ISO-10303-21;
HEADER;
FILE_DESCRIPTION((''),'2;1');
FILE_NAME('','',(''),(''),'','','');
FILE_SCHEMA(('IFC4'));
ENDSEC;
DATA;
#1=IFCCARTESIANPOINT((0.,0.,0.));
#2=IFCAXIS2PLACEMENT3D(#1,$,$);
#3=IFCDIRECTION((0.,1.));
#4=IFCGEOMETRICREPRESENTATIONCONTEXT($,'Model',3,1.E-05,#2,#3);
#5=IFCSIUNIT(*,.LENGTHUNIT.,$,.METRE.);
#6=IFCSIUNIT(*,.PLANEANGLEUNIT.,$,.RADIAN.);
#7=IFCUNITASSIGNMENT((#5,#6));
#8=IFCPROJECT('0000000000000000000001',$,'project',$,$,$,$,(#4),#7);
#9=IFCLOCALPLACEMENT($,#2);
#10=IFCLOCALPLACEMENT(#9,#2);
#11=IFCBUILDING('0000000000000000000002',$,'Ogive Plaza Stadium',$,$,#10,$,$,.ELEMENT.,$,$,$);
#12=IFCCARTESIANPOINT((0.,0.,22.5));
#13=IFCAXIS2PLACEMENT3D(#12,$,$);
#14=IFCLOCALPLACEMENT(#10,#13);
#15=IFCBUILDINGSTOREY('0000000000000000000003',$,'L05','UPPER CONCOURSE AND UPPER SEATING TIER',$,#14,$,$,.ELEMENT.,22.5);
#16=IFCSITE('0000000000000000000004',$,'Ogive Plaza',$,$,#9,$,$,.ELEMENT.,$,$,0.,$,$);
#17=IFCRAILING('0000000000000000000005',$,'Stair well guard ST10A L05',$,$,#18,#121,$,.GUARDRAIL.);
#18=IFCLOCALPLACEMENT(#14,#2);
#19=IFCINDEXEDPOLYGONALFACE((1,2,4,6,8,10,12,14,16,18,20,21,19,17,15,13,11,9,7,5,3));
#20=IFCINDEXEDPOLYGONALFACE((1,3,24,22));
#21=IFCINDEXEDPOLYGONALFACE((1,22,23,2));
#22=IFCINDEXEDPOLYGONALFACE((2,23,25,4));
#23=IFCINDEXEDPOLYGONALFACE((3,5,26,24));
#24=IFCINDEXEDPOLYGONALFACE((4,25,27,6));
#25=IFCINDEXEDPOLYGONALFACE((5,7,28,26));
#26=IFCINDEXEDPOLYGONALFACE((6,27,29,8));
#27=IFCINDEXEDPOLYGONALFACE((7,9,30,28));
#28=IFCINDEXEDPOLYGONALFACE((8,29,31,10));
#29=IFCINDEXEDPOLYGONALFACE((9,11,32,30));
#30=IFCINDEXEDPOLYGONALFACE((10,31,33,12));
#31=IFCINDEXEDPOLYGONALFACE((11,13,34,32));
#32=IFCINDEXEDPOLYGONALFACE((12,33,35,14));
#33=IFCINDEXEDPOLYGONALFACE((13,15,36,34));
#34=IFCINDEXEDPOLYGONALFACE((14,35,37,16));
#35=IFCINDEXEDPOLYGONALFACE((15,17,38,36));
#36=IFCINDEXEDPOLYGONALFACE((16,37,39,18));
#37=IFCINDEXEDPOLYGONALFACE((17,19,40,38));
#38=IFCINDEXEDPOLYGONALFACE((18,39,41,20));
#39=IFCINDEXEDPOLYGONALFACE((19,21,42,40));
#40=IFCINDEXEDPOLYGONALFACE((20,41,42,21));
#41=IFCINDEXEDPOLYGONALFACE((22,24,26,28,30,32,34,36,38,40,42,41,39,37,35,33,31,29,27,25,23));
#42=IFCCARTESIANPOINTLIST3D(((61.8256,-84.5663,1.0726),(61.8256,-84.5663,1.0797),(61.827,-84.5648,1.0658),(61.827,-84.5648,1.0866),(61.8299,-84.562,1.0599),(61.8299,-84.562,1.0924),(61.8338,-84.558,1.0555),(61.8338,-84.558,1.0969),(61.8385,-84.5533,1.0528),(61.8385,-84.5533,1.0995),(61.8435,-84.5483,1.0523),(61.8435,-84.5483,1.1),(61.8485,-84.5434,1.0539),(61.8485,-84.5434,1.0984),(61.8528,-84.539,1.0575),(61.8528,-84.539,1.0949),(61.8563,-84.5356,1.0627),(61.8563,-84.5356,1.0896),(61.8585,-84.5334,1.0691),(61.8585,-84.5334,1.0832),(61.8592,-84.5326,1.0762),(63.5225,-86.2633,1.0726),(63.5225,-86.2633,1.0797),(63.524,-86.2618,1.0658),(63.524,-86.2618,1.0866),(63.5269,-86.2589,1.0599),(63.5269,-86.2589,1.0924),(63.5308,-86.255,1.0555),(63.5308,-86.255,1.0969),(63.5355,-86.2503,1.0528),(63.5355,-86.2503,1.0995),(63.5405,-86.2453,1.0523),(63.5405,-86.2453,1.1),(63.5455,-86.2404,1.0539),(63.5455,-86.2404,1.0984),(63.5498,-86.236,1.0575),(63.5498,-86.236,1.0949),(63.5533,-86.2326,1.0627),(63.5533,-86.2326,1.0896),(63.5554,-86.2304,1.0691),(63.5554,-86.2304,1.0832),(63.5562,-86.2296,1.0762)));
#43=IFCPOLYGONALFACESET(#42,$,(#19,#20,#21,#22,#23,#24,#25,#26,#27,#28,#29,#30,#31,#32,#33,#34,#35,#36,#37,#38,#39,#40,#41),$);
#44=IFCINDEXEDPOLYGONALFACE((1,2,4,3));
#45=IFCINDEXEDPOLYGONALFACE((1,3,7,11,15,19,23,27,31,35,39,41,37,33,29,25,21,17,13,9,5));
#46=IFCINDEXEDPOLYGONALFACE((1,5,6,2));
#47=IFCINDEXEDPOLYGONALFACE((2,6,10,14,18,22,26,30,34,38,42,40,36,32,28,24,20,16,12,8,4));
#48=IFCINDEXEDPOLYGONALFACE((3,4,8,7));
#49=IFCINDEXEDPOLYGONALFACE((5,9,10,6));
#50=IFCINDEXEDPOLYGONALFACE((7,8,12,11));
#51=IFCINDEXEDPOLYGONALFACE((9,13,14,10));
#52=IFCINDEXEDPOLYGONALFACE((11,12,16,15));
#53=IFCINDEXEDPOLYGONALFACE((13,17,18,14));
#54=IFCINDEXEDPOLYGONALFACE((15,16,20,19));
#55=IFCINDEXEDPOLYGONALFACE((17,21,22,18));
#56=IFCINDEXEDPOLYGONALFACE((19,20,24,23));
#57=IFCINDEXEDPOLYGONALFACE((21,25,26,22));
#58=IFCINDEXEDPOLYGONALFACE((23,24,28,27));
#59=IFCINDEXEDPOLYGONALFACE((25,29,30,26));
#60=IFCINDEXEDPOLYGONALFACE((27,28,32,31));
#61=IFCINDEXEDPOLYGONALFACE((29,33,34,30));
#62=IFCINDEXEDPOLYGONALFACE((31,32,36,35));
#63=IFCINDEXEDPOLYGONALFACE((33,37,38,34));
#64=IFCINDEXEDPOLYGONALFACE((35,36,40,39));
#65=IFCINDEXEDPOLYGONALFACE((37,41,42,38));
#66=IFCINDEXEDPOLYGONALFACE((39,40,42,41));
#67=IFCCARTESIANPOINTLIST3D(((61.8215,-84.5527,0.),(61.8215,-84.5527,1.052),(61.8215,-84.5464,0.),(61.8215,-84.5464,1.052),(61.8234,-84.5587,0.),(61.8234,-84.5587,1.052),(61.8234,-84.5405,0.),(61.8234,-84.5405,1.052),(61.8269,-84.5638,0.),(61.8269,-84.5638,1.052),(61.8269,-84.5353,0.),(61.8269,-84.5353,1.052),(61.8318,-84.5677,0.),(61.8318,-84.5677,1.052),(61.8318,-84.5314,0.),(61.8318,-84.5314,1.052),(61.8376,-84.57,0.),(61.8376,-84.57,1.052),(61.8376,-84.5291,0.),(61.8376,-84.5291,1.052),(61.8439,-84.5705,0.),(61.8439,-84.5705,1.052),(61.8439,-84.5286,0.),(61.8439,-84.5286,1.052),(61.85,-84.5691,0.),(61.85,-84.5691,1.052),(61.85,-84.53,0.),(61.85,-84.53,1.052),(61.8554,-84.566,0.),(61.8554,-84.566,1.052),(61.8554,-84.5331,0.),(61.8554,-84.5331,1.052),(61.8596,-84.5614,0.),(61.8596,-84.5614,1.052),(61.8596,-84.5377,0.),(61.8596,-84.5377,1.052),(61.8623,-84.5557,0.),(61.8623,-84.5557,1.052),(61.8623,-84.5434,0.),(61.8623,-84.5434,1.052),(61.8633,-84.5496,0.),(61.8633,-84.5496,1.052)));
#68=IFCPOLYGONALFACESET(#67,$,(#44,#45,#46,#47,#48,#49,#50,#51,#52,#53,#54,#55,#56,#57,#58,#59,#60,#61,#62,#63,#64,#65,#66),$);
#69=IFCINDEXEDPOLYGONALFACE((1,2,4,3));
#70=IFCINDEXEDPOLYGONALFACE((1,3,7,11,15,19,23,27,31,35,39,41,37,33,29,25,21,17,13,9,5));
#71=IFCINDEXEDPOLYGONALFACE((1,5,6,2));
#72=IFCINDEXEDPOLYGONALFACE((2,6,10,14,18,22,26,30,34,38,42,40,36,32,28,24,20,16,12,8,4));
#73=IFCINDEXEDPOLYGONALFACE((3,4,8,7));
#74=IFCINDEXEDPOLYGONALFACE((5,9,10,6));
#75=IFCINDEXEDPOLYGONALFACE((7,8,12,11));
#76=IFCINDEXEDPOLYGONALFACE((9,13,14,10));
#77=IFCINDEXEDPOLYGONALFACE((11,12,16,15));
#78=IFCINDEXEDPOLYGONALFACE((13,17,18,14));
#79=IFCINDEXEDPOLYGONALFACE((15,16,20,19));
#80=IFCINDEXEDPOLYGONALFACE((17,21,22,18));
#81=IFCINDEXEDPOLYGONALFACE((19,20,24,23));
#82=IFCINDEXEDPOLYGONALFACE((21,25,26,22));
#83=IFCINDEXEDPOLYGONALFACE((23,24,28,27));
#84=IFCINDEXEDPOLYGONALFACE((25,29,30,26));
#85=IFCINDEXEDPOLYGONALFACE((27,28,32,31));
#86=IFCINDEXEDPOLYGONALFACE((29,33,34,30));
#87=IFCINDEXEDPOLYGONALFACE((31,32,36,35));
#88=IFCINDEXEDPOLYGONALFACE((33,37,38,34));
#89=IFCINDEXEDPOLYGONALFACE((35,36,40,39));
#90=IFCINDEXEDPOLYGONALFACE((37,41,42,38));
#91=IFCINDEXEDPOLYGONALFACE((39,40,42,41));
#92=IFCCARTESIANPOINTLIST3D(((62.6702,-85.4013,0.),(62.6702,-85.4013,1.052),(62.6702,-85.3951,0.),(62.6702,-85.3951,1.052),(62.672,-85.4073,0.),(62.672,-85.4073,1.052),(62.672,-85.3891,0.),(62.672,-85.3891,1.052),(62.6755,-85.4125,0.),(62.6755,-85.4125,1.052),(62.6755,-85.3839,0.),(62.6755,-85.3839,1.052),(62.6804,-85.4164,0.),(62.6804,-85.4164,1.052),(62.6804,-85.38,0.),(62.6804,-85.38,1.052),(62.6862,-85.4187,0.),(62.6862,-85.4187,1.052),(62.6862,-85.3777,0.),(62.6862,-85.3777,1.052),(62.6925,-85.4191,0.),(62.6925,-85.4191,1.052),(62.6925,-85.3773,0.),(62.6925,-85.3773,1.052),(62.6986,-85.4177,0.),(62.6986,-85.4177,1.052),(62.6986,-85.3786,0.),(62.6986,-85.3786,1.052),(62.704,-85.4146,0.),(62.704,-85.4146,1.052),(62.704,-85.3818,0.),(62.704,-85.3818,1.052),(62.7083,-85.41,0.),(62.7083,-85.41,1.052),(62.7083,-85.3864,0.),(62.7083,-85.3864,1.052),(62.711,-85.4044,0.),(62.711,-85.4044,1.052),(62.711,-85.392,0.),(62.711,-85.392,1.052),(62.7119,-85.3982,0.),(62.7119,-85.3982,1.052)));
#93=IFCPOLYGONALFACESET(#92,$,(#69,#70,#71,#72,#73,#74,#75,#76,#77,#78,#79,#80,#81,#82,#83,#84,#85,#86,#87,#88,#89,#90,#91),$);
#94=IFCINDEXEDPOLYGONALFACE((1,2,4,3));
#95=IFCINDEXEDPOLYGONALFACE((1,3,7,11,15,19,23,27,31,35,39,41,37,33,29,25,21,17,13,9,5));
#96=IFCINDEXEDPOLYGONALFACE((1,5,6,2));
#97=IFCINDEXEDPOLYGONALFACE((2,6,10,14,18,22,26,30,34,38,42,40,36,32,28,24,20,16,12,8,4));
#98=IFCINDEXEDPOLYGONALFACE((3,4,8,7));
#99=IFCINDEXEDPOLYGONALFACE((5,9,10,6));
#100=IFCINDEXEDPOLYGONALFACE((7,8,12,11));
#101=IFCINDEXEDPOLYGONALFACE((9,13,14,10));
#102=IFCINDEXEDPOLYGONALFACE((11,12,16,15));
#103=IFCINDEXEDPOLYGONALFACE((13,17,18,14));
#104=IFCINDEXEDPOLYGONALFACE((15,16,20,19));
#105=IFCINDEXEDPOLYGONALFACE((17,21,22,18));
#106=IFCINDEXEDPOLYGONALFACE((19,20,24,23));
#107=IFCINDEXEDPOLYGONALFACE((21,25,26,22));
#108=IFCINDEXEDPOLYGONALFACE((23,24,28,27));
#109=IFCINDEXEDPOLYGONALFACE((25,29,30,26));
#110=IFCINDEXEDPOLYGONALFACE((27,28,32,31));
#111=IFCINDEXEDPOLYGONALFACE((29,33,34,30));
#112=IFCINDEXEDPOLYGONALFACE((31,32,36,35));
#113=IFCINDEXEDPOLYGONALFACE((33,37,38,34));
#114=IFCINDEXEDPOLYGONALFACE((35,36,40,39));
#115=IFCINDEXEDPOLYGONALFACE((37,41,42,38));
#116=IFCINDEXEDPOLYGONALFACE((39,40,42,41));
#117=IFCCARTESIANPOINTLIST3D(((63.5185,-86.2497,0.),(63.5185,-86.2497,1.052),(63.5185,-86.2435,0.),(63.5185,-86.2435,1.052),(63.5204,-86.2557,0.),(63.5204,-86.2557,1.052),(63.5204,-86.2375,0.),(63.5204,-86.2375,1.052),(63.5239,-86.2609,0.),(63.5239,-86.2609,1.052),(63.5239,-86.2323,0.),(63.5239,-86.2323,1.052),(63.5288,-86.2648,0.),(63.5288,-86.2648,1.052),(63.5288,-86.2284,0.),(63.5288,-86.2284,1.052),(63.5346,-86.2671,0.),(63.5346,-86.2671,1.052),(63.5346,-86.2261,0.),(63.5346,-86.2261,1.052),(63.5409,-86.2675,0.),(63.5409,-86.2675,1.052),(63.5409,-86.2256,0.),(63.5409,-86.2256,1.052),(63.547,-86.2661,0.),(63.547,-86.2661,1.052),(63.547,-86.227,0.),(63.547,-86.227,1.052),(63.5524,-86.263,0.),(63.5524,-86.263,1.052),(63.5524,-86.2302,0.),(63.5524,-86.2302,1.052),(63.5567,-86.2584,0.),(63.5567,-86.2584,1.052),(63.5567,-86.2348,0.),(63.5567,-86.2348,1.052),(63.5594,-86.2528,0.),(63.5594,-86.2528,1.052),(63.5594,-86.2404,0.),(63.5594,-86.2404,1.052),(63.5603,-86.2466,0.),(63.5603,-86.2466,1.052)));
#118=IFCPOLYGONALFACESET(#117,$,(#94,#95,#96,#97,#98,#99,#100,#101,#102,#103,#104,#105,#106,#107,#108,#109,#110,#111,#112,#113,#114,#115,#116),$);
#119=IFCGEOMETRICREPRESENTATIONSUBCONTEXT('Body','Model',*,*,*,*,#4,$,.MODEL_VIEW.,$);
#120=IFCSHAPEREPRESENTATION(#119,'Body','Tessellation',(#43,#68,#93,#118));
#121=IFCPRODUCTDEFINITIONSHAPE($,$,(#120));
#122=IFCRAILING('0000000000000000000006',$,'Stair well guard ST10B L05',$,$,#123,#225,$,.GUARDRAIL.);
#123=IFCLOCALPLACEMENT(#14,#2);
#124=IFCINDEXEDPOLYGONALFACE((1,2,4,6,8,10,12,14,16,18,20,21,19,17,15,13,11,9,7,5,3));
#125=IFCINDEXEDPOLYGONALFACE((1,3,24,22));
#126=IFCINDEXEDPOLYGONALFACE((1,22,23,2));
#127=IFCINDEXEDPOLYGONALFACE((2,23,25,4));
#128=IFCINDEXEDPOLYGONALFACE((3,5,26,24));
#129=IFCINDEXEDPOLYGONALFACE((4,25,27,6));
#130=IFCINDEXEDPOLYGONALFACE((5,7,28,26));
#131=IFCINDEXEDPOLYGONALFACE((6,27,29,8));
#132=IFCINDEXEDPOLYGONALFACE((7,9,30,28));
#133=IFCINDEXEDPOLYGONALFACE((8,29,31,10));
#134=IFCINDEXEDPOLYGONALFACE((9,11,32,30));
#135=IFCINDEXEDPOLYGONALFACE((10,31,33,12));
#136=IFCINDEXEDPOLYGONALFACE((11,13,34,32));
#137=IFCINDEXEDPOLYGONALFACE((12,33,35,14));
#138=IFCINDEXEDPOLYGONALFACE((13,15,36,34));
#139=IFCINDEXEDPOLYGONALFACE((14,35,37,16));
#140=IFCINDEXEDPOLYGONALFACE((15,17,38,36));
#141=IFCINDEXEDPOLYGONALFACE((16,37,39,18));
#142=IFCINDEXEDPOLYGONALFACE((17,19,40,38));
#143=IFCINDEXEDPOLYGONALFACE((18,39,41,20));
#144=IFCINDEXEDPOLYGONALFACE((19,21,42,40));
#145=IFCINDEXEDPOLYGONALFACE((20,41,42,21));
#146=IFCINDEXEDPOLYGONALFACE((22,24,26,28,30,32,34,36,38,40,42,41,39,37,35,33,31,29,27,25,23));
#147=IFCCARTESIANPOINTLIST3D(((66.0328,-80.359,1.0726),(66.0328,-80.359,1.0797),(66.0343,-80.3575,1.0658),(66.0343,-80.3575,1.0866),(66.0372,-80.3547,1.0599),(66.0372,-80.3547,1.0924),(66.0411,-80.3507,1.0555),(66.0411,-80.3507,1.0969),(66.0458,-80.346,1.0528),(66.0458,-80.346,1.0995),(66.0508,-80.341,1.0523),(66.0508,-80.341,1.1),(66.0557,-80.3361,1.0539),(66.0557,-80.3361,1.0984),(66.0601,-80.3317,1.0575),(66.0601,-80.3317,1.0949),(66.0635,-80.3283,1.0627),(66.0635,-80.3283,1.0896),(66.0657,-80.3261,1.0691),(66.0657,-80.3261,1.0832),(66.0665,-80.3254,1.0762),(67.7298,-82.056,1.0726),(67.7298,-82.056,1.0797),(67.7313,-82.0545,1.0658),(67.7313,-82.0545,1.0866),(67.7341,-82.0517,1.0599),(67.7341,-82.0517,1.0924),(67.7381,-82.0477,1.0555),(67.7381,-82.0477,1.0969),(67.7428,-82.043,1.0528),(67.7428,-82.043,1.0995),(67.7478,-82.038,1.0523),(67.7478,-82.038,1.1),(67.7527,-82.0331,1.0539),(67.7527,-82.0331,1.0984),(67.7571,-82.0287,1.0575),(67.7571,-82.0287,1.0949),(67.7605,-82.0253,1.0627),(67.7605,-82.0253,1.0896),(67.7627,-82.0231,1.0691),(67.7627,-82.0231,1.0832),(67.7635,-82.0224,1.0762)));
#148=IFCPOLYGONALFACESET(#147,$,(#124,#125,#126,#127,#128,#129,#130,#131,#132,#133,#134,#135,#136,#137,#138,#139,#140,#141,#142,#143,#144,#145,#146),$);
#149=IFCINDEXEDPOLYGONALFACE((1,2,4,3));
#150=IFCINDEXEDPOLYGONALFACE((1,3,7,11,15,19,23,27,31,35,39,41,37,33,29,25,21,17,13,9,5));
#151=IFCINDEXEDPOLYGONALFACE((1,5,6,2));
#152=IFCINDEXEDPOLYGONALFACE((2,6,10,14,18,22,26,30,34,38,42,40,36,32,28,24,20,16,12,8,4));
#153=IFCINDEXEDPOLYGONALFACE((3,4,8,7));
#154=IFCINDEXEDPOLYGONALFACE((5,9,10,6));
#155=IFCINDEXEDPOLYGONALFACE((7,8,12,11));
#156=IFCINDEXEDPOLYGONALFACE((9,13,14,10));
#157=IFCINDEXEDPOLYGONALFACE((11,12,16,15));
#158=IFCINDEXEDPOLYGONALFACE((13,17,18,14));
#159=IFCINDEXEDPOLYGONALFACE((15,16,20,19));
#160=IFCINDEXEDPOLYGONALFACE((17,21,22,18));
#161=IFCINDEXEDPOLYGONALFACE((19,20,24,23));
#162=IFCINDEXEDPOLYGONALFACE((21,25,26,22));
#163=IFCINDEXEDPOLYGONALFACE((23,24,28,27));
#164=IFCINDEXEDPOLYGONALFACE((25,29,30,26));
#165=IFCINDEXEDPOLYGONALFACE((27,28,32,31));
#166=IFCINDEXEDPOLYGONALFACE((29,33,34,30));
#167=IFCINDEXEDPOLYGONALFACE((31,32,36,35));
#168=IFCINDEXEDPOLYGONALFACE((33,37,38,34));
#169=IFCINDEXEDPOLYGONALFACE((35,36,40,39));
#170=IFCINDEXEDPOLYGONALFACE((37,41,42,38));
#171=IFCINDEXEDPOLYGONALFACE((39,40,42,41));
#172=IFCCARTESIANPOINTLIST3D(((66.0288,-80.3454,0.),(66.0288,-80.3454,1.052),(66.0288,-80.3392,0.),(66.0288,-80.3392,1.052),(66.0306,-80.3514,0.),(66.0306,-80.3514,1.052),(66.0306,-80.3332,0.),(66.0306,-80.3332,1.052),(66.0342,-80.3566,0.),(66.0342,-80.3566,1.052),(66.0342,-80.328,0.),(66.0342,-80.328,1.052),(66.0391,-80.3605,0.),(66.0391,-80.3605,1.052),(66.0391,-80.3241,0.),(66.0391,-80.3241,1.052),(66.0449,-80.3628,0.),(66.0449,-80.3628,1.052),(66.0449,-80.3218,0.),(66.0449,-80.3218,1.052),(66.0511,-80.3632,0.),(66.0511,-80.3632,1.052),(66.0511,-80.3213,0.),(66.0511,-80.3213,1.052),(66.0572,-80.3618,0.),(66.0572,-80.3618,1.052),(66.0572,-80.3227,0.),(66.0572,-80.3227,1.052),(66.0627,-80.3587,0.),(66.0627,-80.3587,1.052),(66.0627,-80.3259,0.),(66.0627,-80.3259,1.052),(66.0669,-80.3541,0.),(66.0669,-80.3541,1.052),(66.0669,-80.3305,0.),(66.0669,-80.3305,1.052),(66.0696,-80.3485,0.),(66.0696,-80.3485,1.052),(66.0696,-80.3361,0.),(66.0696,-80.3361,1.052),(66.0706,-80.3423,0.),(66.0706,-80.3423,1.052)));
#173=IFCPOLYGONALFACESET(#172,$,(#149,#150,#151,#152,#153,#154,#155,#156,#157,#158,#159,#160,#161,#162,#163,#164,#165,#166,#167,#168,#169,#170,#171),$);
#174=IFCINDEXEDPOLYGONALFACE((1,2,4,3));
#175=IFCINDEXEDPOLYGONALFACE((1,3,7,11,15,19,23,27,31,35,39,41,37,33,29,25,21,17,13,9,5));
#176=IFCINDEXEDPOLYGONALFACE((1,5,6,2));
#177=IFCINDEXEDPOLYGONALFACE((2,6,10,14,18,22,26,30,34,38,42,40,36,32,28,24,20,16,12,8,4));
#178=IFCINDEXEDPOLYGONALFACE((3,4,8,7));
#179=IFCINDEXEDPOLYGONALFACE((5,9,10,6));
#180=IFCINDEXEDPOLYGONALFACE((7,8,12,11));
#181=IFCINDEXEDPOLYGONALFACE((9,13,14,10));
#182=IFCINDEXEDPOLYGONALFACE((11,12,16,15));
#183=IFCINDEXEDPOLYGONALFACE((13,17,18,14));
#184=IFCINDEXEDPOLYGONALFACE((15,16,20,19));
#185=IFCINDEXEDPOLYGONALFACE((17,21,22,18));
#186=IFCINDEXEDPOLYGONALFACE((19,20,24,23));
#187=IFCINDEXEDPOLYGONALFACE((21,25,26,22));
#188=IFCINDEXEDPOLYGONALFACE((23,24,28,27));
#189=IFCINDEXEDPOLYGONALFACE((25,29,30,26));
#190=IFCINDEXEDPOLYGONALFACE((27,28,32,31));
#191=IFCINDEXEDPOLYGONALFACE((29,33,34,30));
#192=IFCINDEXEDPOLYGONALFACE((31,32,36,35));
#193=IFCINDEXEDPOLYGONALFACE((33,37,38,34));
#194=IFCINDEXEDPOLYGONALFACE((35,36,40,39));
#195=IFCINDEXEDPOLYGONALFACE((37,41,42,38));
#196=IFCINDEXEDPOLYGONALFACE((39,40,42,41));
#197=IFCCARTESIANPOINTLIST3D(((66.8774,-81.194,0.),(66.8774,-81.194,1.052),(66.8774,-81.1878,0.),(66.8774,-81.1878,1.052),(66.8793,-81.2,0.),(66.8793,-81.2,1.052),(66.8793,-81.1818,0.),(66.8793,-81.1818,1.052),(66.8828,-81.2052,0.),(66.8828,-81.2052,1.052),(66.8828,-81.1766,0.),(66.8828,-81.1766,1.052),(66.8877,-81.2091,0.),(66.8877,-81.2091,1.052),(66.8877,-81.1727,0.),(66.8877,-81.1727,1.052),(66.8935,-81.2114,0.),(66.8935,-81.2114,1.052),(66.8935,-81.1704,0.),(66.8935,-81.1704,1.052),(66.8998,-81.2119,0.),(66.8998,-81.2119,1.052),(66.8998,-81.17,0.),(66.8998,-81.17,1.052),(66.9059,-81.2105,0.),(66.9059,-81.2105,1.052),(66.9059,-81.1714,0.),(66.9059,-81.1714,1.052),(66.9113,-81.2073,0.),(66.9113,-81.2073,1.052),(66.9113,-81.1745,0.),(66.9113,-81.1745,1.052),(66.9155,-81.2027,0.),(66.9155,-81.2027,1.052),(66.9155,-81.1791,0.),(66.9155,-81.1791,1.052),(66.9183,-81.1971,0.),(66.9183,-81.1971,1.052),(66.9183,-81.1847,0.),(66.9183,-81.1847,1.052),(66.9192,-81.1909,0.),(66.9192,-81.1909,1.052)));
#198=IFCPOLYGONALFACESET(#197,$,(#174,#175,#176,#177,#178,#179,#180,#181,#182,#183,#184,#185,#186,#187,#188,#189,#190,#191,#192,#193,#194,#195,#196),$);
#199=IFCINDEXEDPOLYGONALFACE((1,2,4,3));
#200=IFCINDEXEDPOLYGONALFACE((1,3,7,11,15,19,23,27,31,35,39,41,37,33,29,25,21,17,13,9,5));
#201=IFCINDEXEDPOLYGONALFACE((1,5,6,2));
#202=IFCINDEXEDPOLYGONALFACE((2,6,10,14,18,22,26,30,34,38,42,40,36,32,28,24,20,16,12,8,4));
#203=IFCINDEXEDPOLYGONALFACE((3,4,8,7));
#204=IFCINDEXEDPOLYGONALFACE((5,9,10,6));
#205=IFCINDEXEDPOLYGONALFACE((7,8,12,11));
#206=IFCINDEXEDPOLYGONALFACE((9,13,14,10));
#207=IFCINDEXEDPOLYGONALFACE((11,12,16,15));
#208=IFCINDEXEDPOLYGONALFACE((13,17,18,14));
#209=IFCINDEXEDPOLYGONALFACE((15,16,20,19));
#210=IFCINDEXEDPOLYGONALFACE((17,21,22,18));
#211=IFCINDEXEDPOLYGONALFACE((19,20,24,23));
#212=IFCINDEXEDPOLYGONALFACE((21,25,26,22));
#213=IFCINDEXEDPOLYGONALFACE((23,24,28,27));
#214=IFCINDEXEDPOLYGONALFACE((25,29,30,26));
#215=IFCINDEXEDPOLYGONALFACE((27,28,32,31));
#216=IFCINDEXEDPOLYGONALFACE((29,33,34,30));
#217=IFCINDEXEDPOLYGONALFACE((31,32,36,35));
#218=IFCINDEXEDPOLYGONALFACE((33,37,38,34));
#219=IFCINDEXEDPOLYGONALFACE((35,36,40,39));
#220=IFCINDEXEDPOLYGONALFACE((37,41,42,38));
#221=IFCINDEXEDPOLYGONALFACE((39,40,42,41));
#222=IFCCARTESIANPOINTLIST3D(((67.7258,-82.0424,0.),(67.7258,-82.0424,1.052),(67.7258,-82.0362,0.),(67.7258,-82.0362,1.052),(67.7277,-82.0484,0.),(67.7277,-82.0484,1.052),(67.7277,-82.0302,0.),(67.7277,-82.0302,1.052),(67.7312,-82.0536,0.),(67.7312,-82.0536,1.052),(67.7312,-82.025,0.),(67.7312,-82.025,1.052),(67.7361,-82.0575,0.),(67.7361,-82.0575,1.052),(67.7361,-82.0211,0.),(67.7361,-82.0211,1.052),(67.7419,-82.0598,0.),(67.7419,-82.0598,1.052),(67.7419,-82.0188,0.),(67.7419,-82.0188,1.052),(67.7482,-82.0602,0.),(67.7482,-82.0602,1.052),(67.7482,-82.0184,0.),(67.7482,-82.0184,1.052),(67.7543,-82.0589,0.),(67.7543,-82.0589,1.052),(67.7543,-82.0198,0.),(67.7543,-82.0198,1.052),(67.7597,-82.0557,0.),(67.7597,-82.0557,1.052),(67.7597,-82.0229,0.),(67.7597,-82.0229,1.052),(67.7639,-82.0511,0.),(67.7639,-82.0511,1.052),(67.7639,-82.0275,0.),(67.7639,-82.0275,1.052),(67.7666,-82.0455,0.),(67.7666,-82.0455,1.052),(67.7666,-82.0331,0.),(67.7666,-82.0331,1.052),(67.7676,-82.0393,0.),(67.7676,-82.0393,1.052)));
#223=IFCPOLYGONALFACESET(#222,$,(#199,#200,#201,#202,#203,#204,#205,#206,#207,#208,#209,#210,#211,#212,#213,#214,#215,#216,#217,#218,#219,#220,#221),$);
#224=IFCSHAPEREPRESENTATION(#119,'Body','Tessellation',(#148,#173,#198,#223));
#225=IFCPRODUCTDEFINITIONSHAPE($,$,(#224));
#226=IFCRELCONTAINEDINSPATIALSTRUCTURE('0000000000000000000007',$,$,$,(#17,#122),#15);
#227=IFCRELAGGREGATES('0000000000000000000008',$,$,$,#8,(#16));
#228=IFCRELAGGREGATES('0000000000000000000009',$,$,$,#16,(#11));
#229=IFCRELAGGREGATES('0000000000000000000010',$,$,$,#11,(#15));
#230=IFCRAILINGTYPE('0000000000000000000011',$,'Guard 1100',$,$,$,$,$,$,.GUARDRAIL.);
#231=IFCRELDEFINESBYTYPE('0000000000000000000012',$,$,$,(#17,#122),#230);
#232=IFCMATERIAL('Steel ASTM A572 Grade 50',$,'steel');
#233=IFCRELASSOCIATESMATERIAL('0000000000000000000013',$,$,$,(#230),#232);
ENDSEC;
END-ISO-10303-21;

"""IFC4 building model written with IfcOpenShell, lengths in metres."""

from ifc_helpers import new_model, si_unit, direction, frame, origin, origin_2d, place, context, subcontext, project, spatial, circle, extrude, material, type_object, element, save


model = new_model("IFC4")

# Units and contexts
model_context = context("Model", 3, precision=1e-05, world=origin(), true_north=direction((0.0, 1.0)))
body_context = subcontext(model_context, "Body", "Model", "MODEL_VIEW")
ifc_project = project(units=[si_unit("LENGTHUNIT", "METRE"), si_unit("PLANEANGLEUNIT", "RADIAN")], contexts=[model_context])

# Site, building, storey
site_placement = place(None, origin())
site = spatial("IfcSite", under=ifc_project, at=site_placement, Name="Ogive Plaza", CompositionType="ELEMENT", RefElevation=0.0)
building_placement = place(site_placement, origin())
building = spatial("IfcBuilding", under=site, at=building_placement, Name="Ogive Plaza Stadium", CompositionType="ELEMENT")
storey_placement = place(building_placement, frame((0.0, 0.0, 22.5)))
storey = spatial("IfcBuildingStorey", under=building, at=storey_placement, Name="L05", Description="UPPER CONCOURSE AND UPPER SEATING TIER", CompositionType="ELEMENT", Elevation=22.5)

# Railings
ifc_material_1 = material(Name="Steel ASTM A572 Grade 50", Category="steel")
railing_type = type_object("IfcRailingType", Name="Guard 1100", PredefinedType="GUARDRAIL", material=ifc_material_1)
for number, where, name in (
    (1, (61.8423, -84.5496, 0.0), "Stair well guard ST10A L05"),
    (2, (66.0496, -80.3423, 0.0), "Stair well guard ST10B L05"),
):
    element("IfcRailing", number, at=place(storey_placement, frame(where)), inside=storey, type_object=railing_type, Name=name, PredefinedType="GUARDRAIL", context=body_context, shape_type="SweptSolid", body=[
        extrude(circle(Radius=0.0239, at=origin_2d()), frame((0.0, 0.0, 1.0762), z_axis=(0.707107, -0.707107, 0.0), x_axis=(0.707107, 0.707107, 0.0)), (0.0, 0.0, 1.0), 2.3999),
        extrude(circle(Radius=0.021, at=origin_2d()), origin(), (0.0, 0.0, 1.0), 1.052),
        extrude(circle(Radius=0.021, at=origin_2d()), frame((0.8486, -0.8486, 0.0)), (0.0, 0.0, 1.0), 1.052),
        extrude(circle(Radius=0.021, at=origin_2d()), frame((1.697, -1.697, 0.0)), (0.0, 0.0, 1.0), 1.052),
    ])

save(model, "model.ifc")
